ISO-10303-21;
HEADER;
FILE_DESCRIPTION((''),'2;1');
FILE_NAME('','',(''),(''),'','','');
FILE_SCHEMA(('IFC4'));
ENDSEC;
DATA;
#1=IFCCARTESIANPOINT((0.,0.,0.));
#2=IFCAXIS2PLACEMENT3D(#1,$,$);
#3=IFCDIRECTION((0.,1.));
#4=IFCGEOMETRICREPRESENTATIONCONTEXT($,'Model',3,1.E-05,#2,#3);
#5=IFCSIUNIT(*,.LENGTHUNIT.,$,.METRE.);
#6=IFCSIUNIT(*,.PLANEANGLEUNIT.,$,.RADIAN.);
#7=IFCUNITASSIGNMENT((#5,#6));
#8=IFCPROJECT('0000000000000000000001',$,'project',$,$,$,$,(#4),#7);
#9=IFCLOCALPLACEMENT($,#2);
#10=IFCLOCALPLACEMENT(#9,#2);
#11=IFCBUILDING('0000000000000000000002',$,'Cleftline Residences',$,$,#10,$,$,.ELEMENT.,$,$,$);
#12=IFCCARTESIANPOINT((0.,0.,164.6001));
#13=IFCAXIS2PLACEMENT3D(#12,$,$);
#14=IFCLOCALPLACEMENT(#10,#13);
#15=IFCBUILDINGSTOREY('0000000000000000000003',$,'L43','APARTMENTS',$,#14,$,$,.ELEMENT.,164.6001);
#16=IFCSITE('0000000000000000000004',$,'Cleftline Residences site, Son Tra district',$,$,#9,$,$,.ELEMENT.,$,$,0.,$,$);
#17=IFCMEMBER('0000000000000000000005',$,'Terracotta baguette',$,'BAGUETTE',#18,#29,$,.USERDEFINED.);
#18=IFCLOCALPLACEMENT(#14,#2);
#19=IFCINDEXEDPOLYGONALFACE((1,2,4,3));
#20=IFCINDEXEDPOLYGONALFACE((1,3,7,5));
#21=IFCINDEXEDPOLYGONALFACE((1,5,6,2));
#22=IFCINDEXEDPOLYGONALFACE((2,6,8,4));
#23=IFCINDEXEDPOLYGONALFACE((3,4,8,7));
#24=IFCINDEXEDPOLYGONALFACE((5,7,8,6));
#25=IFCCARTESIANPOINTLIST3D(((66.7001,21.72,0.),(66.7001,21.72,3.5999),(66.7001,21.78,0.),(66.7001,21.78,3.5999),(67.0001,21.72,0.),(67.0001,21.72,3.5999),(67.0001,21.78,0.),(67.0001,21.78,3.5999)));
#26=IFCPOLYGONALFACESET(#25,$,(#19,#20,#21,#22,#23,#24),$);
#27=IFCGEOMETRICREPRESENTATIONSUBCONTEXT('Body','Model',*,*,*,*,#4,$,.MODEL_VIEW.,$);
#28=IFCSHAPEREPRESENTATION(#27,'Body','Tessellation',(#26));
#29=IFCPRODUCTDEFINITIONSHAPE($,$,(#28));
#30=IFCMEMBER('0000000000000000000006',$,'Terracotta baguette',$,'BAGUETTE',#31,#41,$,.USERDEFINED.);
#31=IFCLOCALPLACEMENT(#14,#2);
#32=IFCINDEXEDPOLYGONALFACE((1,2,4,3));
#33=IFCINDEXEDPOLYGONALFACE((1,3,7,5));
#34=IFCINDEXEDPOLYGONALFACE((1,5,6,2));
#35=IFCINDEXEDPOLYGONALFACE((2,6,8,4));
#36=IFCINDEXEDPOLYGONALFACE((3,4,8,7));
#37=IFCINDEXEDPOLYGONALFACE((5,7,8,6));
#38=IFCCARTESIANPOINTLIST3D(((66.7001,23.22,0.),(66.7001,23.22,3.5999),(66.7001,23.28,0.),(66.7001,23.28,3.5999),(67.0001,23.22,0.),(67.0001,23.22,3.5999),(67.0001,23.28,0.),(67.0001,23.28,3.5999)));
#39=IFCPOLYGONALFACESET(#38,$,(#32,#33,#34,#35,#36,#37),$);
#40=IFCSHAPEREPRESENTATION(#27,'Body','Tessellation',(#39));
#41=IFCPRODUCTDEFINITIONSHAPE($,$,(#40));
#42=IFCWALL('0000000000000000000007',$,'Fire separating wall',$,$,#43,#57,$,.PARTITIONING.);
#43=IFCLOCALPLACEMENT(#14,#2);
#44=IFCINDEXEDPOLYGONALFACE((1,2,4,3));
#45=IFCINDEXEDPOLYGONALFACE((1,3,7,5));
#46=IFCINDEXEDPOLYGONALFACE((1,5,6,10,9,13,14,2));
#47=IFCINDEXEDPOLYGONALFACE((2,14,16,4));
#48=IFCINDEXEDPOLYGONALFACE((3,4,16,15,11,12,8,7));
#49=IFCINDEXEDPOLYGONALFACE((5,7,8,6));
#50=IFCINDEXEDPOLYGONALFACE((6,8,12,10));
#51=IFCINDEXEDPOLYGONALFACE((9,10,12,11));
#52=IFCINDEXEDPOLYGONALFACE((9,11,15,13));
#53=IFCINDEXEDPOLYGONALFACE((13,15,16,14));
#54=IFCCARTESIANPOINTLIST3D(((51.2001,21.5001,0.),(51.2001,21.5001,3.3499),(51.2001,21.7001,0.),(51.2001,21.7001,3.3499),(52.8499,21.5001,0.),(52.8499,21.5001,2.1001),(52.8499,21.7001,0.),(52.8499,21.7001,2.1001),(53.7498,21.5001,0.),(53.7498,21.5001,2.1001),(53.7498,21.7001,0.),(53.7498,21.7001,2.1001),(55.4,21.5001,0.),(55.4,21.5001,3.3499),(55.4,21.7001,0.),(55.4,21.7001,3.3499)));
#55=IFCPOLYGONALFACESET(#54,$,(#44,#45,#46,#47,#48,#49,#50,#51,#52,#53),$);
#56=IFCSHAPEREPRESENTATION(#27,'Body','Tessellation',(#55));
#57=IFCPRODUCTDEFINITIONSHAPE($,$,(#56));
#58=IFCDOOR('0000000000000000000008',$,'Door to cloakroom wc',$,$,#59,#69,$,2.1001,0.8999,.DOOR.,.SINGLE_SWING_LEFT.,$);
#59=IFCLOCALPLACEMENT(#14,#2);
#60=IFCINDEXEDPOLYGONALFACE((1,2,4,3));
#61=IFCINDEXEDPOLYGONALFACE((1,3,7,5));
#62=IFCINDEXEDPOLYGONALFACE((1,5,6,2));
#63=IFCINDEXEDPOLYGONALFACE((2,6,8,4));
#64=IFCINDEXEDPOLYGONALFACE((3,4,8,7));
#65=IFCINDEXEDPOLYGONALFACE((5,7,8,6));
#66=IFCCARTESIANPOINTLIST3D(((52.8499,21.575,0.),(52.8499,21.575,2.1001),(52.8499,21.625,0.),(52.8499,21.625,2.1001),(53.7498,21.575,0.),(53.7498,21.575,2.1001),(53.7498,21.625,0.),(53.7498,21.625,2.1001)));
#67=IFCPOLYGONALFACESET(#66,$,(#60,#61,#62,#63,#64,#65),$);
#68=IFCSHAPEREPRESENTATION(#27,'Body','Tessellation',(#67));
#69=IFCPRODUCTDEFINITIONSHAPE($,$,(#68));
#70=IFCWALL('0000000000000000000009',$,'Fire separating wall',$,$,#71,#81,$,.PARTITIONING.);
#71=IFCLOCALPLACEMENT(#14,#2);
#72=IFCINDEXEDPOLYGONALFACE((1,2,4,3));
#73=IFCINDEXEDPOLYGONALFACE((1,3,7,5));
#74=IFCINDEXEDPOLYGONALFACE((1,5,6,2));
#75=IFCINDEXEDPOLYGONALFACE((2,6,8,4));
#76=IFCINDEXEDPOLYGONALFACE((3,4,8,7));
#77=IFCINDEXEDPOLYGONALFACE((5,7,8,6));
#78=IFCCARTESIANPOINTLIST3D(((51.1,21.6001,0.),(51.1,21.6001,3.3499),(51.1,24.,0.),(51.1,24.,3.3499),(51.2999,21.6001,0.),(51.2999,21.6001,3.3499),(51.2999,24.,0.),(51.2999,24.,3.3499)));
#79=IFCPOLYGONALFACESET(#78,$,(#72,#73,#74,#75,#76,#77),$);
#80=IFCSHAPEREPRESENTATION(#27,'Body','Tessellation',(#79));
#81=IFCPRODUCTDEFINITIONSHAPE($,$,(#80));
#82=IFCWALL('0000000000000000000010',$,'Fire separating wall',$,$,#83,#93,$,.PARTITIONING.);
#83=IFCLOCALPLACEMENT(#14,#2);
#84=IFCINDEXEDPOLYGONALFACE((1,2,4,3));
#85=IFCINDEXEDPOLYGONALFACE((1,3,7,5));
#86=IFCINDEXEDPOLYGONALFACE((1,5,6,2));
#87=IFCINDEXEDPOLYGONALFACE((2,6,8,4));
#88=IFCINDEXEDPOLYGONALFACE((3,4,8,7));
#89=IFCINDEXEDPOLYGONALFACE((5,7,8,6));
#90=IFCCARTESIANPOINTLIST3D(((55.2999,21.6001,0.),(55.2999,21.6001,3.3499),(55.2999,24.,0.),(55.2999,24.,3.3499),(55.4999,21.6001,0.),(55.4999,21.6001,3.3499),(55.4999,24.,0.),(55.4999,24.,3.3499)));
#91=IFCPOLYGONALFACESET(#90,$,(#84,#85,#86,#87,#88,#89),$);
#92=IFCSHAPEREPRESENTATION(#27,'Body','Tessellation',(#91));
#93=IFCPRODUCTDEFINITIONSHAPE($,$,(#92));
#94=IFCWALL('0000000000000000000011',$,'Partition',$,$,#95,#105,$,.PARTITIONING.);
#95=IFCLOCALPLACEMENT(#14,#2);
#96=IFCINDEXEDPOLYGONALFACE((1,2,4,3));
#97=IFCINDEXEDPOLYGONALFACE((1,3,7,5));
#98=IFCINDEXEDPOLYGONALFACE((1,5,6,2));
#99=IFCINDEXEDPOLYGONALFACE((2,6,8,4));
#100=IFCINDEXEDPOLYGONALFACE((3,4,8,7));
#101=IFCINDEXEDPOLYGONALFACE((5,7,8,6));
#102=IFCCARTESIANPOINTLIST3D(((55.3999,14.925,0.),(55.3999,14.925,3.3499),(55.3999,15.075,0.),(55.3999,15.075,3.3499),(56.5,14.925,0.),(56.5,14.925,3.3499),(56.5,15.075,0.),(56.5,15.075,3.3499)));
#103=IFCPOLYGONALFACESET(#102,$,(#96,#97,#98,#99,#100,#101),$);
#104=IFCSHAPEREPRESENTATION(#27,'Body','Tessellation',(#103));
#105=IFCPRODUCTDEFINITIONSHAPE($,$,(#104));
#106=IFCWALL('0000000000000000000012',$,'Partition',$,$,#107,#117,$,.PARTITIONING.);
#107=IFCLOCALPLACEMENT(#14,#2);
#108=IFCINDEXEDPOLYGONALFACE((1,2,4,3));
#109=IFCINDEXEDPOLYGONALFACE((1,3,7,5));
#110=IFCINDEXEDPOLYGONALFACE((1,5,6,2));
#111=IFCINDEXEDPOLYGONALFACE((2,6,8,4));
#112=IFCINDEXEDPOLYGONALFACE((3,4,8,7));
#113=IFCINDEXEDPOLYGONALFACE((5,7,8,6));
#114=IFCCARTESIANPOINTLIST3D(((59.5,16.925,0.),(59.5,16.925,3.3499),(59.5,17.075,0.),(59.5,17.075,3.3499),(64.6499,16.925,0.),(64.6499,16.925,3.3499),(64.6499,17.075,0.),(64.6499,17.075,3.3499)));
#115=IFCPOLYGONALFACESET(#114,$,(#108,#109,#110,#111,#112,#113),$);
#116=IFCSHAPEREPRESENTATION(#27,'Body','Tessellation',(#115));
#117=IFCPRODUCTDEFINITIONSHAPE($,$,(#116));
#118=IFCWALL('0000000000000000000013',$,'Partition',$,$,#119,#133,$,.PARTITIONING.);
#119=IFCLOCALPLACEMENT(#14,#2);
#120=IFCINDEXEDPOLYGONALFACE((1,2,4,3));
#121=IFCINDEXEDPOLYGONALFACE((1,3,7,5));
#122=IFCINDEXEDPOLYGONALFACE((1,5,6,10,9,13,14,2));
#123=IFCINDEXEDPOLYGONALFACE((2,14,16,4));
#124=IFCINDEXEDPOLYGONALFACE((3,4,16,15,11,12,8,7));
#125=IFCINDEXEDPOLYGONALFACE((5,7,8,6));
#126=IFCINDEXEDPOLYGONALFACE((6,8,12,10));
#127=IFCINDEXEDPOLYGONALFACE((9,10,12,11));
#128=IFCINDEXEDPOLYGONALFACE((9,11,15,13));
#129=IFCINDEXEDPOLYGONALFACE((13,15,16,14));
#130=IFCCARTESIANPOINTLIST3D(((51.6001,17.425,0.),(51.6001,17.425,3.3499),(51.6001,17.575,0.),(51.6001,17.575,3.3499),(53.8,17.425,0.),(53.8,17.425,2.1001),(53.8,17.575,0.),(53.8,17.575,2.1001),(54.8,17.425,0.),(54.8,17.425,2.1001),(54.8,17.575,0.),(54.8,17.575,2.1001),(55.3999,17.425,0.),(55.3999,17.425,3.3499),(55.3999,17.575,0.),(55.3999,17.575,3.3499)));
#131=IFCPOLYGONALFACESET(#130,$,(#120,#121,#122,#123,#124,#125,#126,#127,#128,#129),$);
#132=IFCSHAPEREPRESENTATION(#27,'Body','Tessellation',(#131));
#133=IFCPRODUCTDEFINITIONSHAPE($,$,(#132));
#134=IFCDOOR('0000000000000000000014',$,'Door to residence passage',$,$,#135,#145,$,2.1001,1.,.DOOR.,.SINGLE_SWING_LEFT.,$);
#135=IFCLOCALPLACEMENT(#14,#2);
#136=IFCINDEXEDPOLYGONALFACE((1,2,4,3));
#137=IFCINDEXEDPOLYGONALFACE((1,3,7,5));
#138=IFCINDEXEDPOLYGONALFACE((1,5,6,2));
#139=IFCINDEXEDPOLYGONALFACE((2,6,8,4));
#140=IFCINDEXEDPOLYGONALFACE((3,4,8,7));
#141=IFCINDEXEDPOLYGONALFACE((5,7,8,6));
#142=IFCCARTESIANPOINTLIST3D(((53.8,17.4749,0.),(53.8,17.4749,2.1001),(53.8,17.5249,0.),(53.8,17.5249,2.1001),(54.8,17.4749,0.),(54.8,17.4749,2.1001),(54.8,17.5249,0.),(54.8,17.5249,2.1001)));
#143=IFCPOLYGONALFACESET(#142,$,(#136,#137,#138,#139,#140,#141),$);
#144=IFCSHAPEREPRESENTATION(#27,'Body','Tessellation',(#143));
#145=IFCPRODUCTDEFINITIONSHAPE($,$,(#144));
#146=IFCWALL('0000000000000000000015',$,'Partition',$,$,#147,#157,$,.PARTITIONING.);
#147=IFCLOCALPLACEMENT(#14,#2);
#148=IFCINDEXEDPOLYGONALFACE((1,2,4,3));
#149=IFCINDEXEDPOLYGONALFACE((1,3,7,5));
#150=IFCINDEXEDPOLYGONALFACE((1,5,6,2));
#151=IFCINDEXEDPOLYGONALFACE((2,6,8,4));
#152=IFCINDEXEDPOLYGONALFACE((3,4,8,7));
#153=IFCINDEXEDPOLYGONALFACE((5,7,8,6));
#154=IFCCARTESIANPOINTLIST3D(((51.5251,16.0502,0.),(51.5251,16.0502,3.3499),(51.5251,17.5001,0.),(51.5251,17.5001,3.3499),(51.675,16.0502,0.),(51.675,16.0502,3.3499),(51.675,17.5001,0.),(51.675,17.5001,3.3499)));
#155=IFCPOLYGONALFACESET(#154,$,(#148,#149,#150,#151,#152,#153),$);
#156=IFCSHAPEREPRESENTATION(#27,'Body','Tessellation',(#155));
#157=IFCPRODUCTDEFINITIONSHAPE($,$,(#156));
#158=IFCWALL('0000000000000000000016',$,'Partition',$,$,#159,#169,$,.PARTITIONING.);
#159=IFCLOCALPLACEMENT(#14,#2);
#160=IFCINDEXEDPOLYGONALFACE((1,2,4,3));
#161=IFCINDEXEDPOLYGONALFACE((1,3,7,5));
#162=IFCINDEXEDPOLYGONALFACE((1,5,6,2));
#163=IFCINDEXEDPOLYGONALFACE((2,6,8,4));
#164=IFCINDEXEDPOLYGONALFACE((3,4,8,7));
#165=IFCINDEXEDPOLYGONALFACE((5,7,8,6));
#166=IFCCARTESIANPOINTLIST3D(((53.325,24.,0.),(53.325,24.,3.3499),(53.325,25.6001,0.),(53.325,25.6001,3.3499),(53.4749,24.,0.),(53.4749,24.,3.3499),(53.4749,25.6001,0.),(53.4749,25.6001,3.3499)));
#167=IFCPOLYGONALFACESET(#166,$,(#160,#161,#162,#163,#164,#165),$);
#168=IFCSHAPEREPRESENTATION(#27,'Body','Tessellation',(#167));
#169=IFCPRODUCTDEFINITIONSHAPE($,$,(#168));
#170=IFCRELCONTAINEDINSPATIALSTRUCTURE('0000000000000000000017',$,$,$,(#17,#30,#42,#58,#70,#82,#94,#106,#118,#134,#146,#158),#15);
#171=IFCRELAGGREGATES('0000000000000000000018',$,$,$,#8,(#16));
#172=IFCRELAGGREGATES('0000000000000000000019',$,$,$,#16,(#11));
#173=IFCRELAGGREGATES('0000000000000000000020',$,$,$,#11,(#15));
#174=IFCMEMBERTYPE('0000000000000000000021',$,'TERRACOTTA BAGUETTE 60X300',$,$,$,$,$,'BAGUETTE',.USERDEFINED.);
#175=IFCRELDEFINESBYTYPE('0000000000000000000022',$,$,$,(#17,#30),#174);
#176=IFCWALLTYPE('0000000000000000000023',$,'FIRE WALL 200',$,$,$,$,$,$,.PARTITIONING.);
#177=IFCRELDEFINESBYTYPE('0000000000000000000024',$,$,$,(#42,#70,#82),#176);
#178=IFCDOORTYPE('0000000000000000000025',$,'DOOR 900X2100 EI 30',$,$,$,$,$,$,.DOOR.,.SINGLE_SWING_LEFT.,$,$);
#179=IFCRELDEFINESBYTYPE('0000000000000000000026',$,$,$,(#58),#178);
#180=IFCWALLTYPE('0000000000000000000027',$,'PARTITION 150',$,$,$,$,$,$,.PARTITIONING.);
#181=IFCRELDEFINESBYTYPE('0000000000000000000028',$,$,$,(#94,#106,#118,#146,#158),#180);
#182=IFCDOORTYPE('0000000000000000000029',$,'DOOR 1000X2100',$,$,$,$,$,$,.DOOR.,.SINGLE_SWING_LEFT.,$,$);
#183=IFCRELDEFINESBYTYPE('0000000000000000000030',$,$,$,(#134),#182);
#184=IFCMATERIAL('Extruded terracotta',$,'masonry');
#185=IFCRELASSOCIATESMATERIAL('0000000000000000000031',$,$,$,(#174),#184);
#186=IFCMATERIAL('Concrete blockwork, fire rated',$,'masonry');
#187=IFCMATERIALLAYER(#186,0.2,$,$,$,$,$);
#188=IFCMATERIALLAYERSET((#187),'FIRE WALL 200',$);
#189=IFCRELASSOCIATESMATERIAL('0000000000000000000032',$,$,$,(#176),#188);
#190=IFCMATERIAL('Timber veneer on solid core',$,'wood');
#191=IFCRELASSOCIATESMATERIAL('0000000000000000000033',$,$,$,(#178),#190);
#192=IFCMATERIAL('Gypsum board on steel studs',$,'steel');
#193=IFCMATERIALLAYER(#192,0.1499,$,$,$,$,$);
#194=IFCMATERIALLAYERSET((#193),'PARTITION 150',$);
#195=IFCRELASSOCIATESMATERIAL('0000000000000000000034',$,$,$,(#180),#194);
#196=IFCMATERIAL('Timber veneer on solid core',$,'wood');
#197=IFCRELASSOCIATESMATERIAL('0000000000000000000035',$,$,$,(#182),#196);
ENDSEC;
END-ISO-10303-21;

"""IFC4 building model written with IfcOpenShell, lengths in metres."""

from ifc_helpers import new_model, si_unit, direction, frame, frame_2d, origin, origin_2d, place, context, subcontext, project, spatial, rectangle, extrude, material, layer, layer_set, material_profile, profile_set, type_object, element, fill, save


model = new_model("IFC4")

# Units and contexts
model_context = context("Model", 3, precision=1e-05, world=origin(), true_north=direction((0.0, 1.0)))
body_context = subcontext(model_context, "Body", "Model", "MODEL_VIEW")
ifc_project = project(units=[si_unit("LENGTHUNIT", "METRE"), si_unit("PLANEANGLEUNIT", "RADIAN")], contexts=[model_context])

# Site, building, storey
site_placement = place(None, origin())
site = spatial("IfcSite", under=ifc_project, at=site_placement, Name="Cleftline Residences site, Son Tra district", CompositionType="ELEMENT", RefElevation=0.0)
building_placement = place(site_placement, origin())
building = spatial("IfcBuilding", under=site, at=building_placement, Name="Cleftline Residences", CompositionType="ELEMENT")
storey_placement = place(building_placement, frame((0.0, 0.0, 164.6001)))
storey = spatial("IfcBuildingStorey", under=building, at=storey_placement, Name="L43", Description="APARTMENTS", CompositionType="ELEMENT", Elevation=164.6001)

# Members
ifc_material_1 = material(Name="Extruded terracotta", Category="masonry")
ifc_material_profile_1 = material_profile(ifc_material_1, rectangle(XDim=0.0601, YDim=0.3, at=origin_2d()))
ifc_profile_set_1 = profile_set([ifc_material_profile_1], Name="Extruded terracotta")
member_type_1 = type_object("IfcMemberType", Name="TERRACOTTA BAGUETTE 60X300", ElementType="BAGUETTE", PredefinedType="USERDEFINED", material=ifc_profile_set_1)
for number, where, z_axis, x_axis, name in (
    (1, (66.8501, 21.75, 0.0), (0.0, 0.0, 1.0), (0.0, 1.0, 0.0), "Terracotta baguette"),
    (2, (66.8501, 23.25, 0.0), (0.0, 0.0, 1.0), (0.0, 1.0, 0.0), "Terracotta baguette"),
):
    element("IfcMember", number, at=place(storey_placement, frame(where, z_axis=z_axis, x_axis=x_axis)), inside=storey, type_object=member_type_1, Name=name, ObjectType="BAGUETTE", PredefinedType="USERDEFINED", context=body_context, shape_type="SweptSolid", body=[
        extrude(rectangle(XDim=0.0601, YDim=0.3, at=origin_2d()), origin(), (0.0, 0.0, 1.0), 3.5999),
    ])

# Wall, opening, door
ifc_material_2 = material(Name="Concrete blockwork, fire rated", Category="masonry")
ifc_layer_1 = layer(ifc_material_2, 0.2)
ifc_layer_set_1 = layer_set([ifc_layer_1], Name="FIRE WALL 200")
wall_type_1 = type_object("IfcWallType", Name="FIRE WALL 200", PredefinedType="PARTITIONING", material=ifc_layer_set_1)
wall_1_placement = place(storey_placement, frame((51.2, 21.6001, 0.0), z_axis=(0.0, 0.0, 1.0), x_axis=(1.0, 0.0, 0.0)))
wall_1 = element("IfcWall", 3, at=wall_1_placement, inside=storey, type_object=wall_type_1, Name="Fire separating wall", PredefinedType="PARTITIONING", context=body_context, shape_type="SweptSolid", body=[
    extrude(rectangle(XDim=4.2, YDim=0.2, at=frame_2d((2.1001, 0.0))), origin(), (0.0, 0.0, 1.0), 3.3499),
])
opening_1_placement = place(wall_1_placement, frame((1.6499, 0.0, 0.0)))
opening_1 = element("IfcOpeningElement", 4, at=opening_1_placement, cuts=wall_1, PredefinedType="OPENING", context=body_context, shape_type="SweptSolid", body=[
    extrude(rectangle(XDim=0.8999, YDim=2.1001, at=frame_2d((0.45, 1.05))), frame((0.0, 0.1099, 0.0), z_axis=(0.0, -1.0, 0.0), x_axis=(1.0, 0.0, 0.0)), (0.0, 0.0, 1.0), 0.22),
])
ifc_material_3 = material(Name="Timber veneer on solid core", Category="wood")
door_type_1 = type_object("IfcDoorType", Name="DOOR 900X2100 EI 30", OperationType="SINGLE_SWING_LEFT", PredefinedType="DOOR", material=ifc_material_3)
door_1_placement = place(opening_1_placement, origin())
door_1 = element("IfcDoor", 5, at=door_1_placement, inside=storey, type_object=door_type_1, Name="Door to cloakroom wc", OperationType="SINGLE_SWING_LEFT", OverallHeight=2.1001, OverallWidth=0.8999, PredefinedType="DOOR", context=body_context, shape_type="SweptSolid", body=[
    extrude(rectangle(XDim=0.8999, YDim=2.1001, at=frame_2d((0.45, 1.05))), frame((0.0, 0.0249, 0.0), z_axis=(0.0, -1.0, 0.0), x_axis=(1.0, 0.0, 0.0)), (0.0, 0.0, 1.0), 0.05),
])
fill(opening_1, door_1)

# Walls
for number, where, z_axis, x_axis, name in (
    (6, (51.2, 21.6001, 0.0), (0.0, 0.0, 1.0), (0.0, 1.0, 0.0), "Fire separating wall"),
    (7, (55.3999, 21.6001, 0.0), (0.0, 0.0, 1.0), (0.0, 1.0, 0.0), "Fire separating wall"),
):
    element("IfcWall", number, at=place(storey_placement, frame(where, z_axis=z_axis, x_axis=x_axis)), inside=storey, type_object=wall_type_1, Name=name, PredefinedType="PARTITIONING", context=body_context, shape_type="SweptSolid", body=[
        extrude(rectangle(XDim=2.3999, YDim=0.2, at=frame_2d((1.2, 0.0))), origin(), (0.0, 0.0, 1.0), 3.3499),
    ])
ifc_material_4 = material(Name="Gypsum board on steel studs", Category="steel")
ifc_layer_2 = layer(ifc_material_4, 0.1499)
ifc_layer_set_2 = layer_set([ifc_layer_2], Name="PARTITION 150")
wall_type_2 = type_object("IfcWallType", Name="PARTITION 150", PredefinedType="PARTITIONING", material=ifc_layer_set_2)
wall_2_placement = place(storey_placement, frame((55.3999, 15.0, 0.0), z_axis=(0.0, 0.0, 1.0), x_axis=(1.0, 0.0, 0.0)))
element("IfcWall", 8, at=wall_2_placement, inside=storey, type_object=wall_type_2, Name="Partition", PredefinedType="PARTITIONING", context=body_context, shape_type="SweptSolid", body=[
    extrude(rectangle(XDim=1.1001, YDim=0.1499, at=frame_2d((0.55, 0.0))), origin(), (0.0, 0.0, 1.0), 3.3499),
])
wall_3_placement = place(storey_placement, frame((59.5, 17.0, 0.0), z_axis=(0.0, 0.0, 1.0), x_axis=(1.0, 0.0, 0.0)))
element("IfcWall", 9, at=wall_3_placement, inside=storey, type_object=wall_type_2, Name="Partition", PredefinedType="PARTITIONING", context=body_context, shape_type="SweptSolid", body=[
    extrude(rectangle(XDim=5.1499, YDim=0.1499, at=frame_2d((2.575, 0.0))), origin(), (0.0, 0.0, 1.0), 3.3499),
])

# Wall, opening, door
wall_4_placement = place(storey_placement, frame((51.6001, 17.5, 0.0), z_axis=(0.0, 0.0, 1.0), x_axis=(1.0, 0.0, 0.0)))
wall_4 = element("IfcWall", 10, at=wall_4_placement, inside=storey, type_object=wall_type_2, Name="Partition", PredefinedType="PARTITIONING", context=body_context, shape_type="SweptSolid", body=[
    extrude(rectangle(XDim=3.7998, YDim=0.1499, at=frame_2d((1.8999, 0.0))), origin(), (0.0, 0.0, 1.0), 3.3499),
])
opening_2_placement = place(wall_4_placement, frame((2.2, 0.0, 0.0)))
opening_2 = element("IfcOpeningElement", 11, at=opening_2_placement, cuts=wall_4, PredefinedType="OPENING", context=body_context, shape_type="SweptSolid", body=[
    extrude(rectangle(XDim=1.0, YDim=2.1001, at=frame_2d((0.5, 1.05))), frame((0.0, 0.085, 0.0), z_axis=(0.0, -1.0, 0.0), x_axis=(1.0, 0.0, 0.0)), (0.0, 0.0, 1.0), 0.1699),
])
ifc_material_5 = material(Name="Timber veneer on solid core", Category="wood")
door_type_2 = type_object("IfcDoorType", Name="DOOR 1000X2100", OperationType="SINGLE_SWING_LEFT", PredefinedType="DOOR", material=ifc_material_5)
door_2_placement = place(opening_2_placement, origin())
door_2 = element("IfcDoor", 12, at=door_2_placement, inside=storey, type_object=door_type_2, Name="Door to residence passage", OperationType="SINGLE_SWING_LEFT", OverallHeight=2.1001, OverallWidth=1.0, PredefinedType="DOOR", context=body_context, shape_type="SweptSolid", body=[
    extrude(rectangle(XDim=1.0, YDim=2.1001, at=frame_2d((0.5, 1.05))), frame((0.0, 0.0249, 0.0), z_axis=(0.0, -1.0, 0.0), x_axis=(1.0, 0.0, 0.0)), (0.0, 0.0, 1.0), 0.05),
])
fill(opening_2, door_2)

# Walls
wall_5_placement = place(storey_placement, frame((51.6001, 16.05, 0.0), z_axis=(0.0, 0.0, 1.0), x_axis=(0.0, 1.0, 0.0)))
element("IfcWall", 13, at=wall_5_placement, inside=storey, type_object=wall_type_2, Name="Partition", PredefinedType="PARTITIONING", context=body_context, shape_type="SweptSolid", body=[
    extrude(rectangle(XDim=1.45, YDim=0.1499, at=frame_2d((0.7251, 0.0))), origin(), (0.0, 0.0, 1.0), 3.3499),
])
wall_6_placement = place(storey_placement, frame((53.3999, 24.0, 0.0), z_axis=(0.0, 0.0, 1.0), x_axis=(0.0, 1.0, 0.0)))
element("IfcWall", 14, at=wall_6_placement, inside=storey, type_object=wall_type_2, Name="Partition", PredefinedType="PARTITIONING", context=body_context, shape_type="SweptSolid", body=[
    extrude(rectangle(XDim=1.6001, YDim=0.1499, at=frame_2d((0.8, 0.0))), origin(), (0.0, 0.0, 1.0), 3.3499),
])

save(model, "model.ifc")
